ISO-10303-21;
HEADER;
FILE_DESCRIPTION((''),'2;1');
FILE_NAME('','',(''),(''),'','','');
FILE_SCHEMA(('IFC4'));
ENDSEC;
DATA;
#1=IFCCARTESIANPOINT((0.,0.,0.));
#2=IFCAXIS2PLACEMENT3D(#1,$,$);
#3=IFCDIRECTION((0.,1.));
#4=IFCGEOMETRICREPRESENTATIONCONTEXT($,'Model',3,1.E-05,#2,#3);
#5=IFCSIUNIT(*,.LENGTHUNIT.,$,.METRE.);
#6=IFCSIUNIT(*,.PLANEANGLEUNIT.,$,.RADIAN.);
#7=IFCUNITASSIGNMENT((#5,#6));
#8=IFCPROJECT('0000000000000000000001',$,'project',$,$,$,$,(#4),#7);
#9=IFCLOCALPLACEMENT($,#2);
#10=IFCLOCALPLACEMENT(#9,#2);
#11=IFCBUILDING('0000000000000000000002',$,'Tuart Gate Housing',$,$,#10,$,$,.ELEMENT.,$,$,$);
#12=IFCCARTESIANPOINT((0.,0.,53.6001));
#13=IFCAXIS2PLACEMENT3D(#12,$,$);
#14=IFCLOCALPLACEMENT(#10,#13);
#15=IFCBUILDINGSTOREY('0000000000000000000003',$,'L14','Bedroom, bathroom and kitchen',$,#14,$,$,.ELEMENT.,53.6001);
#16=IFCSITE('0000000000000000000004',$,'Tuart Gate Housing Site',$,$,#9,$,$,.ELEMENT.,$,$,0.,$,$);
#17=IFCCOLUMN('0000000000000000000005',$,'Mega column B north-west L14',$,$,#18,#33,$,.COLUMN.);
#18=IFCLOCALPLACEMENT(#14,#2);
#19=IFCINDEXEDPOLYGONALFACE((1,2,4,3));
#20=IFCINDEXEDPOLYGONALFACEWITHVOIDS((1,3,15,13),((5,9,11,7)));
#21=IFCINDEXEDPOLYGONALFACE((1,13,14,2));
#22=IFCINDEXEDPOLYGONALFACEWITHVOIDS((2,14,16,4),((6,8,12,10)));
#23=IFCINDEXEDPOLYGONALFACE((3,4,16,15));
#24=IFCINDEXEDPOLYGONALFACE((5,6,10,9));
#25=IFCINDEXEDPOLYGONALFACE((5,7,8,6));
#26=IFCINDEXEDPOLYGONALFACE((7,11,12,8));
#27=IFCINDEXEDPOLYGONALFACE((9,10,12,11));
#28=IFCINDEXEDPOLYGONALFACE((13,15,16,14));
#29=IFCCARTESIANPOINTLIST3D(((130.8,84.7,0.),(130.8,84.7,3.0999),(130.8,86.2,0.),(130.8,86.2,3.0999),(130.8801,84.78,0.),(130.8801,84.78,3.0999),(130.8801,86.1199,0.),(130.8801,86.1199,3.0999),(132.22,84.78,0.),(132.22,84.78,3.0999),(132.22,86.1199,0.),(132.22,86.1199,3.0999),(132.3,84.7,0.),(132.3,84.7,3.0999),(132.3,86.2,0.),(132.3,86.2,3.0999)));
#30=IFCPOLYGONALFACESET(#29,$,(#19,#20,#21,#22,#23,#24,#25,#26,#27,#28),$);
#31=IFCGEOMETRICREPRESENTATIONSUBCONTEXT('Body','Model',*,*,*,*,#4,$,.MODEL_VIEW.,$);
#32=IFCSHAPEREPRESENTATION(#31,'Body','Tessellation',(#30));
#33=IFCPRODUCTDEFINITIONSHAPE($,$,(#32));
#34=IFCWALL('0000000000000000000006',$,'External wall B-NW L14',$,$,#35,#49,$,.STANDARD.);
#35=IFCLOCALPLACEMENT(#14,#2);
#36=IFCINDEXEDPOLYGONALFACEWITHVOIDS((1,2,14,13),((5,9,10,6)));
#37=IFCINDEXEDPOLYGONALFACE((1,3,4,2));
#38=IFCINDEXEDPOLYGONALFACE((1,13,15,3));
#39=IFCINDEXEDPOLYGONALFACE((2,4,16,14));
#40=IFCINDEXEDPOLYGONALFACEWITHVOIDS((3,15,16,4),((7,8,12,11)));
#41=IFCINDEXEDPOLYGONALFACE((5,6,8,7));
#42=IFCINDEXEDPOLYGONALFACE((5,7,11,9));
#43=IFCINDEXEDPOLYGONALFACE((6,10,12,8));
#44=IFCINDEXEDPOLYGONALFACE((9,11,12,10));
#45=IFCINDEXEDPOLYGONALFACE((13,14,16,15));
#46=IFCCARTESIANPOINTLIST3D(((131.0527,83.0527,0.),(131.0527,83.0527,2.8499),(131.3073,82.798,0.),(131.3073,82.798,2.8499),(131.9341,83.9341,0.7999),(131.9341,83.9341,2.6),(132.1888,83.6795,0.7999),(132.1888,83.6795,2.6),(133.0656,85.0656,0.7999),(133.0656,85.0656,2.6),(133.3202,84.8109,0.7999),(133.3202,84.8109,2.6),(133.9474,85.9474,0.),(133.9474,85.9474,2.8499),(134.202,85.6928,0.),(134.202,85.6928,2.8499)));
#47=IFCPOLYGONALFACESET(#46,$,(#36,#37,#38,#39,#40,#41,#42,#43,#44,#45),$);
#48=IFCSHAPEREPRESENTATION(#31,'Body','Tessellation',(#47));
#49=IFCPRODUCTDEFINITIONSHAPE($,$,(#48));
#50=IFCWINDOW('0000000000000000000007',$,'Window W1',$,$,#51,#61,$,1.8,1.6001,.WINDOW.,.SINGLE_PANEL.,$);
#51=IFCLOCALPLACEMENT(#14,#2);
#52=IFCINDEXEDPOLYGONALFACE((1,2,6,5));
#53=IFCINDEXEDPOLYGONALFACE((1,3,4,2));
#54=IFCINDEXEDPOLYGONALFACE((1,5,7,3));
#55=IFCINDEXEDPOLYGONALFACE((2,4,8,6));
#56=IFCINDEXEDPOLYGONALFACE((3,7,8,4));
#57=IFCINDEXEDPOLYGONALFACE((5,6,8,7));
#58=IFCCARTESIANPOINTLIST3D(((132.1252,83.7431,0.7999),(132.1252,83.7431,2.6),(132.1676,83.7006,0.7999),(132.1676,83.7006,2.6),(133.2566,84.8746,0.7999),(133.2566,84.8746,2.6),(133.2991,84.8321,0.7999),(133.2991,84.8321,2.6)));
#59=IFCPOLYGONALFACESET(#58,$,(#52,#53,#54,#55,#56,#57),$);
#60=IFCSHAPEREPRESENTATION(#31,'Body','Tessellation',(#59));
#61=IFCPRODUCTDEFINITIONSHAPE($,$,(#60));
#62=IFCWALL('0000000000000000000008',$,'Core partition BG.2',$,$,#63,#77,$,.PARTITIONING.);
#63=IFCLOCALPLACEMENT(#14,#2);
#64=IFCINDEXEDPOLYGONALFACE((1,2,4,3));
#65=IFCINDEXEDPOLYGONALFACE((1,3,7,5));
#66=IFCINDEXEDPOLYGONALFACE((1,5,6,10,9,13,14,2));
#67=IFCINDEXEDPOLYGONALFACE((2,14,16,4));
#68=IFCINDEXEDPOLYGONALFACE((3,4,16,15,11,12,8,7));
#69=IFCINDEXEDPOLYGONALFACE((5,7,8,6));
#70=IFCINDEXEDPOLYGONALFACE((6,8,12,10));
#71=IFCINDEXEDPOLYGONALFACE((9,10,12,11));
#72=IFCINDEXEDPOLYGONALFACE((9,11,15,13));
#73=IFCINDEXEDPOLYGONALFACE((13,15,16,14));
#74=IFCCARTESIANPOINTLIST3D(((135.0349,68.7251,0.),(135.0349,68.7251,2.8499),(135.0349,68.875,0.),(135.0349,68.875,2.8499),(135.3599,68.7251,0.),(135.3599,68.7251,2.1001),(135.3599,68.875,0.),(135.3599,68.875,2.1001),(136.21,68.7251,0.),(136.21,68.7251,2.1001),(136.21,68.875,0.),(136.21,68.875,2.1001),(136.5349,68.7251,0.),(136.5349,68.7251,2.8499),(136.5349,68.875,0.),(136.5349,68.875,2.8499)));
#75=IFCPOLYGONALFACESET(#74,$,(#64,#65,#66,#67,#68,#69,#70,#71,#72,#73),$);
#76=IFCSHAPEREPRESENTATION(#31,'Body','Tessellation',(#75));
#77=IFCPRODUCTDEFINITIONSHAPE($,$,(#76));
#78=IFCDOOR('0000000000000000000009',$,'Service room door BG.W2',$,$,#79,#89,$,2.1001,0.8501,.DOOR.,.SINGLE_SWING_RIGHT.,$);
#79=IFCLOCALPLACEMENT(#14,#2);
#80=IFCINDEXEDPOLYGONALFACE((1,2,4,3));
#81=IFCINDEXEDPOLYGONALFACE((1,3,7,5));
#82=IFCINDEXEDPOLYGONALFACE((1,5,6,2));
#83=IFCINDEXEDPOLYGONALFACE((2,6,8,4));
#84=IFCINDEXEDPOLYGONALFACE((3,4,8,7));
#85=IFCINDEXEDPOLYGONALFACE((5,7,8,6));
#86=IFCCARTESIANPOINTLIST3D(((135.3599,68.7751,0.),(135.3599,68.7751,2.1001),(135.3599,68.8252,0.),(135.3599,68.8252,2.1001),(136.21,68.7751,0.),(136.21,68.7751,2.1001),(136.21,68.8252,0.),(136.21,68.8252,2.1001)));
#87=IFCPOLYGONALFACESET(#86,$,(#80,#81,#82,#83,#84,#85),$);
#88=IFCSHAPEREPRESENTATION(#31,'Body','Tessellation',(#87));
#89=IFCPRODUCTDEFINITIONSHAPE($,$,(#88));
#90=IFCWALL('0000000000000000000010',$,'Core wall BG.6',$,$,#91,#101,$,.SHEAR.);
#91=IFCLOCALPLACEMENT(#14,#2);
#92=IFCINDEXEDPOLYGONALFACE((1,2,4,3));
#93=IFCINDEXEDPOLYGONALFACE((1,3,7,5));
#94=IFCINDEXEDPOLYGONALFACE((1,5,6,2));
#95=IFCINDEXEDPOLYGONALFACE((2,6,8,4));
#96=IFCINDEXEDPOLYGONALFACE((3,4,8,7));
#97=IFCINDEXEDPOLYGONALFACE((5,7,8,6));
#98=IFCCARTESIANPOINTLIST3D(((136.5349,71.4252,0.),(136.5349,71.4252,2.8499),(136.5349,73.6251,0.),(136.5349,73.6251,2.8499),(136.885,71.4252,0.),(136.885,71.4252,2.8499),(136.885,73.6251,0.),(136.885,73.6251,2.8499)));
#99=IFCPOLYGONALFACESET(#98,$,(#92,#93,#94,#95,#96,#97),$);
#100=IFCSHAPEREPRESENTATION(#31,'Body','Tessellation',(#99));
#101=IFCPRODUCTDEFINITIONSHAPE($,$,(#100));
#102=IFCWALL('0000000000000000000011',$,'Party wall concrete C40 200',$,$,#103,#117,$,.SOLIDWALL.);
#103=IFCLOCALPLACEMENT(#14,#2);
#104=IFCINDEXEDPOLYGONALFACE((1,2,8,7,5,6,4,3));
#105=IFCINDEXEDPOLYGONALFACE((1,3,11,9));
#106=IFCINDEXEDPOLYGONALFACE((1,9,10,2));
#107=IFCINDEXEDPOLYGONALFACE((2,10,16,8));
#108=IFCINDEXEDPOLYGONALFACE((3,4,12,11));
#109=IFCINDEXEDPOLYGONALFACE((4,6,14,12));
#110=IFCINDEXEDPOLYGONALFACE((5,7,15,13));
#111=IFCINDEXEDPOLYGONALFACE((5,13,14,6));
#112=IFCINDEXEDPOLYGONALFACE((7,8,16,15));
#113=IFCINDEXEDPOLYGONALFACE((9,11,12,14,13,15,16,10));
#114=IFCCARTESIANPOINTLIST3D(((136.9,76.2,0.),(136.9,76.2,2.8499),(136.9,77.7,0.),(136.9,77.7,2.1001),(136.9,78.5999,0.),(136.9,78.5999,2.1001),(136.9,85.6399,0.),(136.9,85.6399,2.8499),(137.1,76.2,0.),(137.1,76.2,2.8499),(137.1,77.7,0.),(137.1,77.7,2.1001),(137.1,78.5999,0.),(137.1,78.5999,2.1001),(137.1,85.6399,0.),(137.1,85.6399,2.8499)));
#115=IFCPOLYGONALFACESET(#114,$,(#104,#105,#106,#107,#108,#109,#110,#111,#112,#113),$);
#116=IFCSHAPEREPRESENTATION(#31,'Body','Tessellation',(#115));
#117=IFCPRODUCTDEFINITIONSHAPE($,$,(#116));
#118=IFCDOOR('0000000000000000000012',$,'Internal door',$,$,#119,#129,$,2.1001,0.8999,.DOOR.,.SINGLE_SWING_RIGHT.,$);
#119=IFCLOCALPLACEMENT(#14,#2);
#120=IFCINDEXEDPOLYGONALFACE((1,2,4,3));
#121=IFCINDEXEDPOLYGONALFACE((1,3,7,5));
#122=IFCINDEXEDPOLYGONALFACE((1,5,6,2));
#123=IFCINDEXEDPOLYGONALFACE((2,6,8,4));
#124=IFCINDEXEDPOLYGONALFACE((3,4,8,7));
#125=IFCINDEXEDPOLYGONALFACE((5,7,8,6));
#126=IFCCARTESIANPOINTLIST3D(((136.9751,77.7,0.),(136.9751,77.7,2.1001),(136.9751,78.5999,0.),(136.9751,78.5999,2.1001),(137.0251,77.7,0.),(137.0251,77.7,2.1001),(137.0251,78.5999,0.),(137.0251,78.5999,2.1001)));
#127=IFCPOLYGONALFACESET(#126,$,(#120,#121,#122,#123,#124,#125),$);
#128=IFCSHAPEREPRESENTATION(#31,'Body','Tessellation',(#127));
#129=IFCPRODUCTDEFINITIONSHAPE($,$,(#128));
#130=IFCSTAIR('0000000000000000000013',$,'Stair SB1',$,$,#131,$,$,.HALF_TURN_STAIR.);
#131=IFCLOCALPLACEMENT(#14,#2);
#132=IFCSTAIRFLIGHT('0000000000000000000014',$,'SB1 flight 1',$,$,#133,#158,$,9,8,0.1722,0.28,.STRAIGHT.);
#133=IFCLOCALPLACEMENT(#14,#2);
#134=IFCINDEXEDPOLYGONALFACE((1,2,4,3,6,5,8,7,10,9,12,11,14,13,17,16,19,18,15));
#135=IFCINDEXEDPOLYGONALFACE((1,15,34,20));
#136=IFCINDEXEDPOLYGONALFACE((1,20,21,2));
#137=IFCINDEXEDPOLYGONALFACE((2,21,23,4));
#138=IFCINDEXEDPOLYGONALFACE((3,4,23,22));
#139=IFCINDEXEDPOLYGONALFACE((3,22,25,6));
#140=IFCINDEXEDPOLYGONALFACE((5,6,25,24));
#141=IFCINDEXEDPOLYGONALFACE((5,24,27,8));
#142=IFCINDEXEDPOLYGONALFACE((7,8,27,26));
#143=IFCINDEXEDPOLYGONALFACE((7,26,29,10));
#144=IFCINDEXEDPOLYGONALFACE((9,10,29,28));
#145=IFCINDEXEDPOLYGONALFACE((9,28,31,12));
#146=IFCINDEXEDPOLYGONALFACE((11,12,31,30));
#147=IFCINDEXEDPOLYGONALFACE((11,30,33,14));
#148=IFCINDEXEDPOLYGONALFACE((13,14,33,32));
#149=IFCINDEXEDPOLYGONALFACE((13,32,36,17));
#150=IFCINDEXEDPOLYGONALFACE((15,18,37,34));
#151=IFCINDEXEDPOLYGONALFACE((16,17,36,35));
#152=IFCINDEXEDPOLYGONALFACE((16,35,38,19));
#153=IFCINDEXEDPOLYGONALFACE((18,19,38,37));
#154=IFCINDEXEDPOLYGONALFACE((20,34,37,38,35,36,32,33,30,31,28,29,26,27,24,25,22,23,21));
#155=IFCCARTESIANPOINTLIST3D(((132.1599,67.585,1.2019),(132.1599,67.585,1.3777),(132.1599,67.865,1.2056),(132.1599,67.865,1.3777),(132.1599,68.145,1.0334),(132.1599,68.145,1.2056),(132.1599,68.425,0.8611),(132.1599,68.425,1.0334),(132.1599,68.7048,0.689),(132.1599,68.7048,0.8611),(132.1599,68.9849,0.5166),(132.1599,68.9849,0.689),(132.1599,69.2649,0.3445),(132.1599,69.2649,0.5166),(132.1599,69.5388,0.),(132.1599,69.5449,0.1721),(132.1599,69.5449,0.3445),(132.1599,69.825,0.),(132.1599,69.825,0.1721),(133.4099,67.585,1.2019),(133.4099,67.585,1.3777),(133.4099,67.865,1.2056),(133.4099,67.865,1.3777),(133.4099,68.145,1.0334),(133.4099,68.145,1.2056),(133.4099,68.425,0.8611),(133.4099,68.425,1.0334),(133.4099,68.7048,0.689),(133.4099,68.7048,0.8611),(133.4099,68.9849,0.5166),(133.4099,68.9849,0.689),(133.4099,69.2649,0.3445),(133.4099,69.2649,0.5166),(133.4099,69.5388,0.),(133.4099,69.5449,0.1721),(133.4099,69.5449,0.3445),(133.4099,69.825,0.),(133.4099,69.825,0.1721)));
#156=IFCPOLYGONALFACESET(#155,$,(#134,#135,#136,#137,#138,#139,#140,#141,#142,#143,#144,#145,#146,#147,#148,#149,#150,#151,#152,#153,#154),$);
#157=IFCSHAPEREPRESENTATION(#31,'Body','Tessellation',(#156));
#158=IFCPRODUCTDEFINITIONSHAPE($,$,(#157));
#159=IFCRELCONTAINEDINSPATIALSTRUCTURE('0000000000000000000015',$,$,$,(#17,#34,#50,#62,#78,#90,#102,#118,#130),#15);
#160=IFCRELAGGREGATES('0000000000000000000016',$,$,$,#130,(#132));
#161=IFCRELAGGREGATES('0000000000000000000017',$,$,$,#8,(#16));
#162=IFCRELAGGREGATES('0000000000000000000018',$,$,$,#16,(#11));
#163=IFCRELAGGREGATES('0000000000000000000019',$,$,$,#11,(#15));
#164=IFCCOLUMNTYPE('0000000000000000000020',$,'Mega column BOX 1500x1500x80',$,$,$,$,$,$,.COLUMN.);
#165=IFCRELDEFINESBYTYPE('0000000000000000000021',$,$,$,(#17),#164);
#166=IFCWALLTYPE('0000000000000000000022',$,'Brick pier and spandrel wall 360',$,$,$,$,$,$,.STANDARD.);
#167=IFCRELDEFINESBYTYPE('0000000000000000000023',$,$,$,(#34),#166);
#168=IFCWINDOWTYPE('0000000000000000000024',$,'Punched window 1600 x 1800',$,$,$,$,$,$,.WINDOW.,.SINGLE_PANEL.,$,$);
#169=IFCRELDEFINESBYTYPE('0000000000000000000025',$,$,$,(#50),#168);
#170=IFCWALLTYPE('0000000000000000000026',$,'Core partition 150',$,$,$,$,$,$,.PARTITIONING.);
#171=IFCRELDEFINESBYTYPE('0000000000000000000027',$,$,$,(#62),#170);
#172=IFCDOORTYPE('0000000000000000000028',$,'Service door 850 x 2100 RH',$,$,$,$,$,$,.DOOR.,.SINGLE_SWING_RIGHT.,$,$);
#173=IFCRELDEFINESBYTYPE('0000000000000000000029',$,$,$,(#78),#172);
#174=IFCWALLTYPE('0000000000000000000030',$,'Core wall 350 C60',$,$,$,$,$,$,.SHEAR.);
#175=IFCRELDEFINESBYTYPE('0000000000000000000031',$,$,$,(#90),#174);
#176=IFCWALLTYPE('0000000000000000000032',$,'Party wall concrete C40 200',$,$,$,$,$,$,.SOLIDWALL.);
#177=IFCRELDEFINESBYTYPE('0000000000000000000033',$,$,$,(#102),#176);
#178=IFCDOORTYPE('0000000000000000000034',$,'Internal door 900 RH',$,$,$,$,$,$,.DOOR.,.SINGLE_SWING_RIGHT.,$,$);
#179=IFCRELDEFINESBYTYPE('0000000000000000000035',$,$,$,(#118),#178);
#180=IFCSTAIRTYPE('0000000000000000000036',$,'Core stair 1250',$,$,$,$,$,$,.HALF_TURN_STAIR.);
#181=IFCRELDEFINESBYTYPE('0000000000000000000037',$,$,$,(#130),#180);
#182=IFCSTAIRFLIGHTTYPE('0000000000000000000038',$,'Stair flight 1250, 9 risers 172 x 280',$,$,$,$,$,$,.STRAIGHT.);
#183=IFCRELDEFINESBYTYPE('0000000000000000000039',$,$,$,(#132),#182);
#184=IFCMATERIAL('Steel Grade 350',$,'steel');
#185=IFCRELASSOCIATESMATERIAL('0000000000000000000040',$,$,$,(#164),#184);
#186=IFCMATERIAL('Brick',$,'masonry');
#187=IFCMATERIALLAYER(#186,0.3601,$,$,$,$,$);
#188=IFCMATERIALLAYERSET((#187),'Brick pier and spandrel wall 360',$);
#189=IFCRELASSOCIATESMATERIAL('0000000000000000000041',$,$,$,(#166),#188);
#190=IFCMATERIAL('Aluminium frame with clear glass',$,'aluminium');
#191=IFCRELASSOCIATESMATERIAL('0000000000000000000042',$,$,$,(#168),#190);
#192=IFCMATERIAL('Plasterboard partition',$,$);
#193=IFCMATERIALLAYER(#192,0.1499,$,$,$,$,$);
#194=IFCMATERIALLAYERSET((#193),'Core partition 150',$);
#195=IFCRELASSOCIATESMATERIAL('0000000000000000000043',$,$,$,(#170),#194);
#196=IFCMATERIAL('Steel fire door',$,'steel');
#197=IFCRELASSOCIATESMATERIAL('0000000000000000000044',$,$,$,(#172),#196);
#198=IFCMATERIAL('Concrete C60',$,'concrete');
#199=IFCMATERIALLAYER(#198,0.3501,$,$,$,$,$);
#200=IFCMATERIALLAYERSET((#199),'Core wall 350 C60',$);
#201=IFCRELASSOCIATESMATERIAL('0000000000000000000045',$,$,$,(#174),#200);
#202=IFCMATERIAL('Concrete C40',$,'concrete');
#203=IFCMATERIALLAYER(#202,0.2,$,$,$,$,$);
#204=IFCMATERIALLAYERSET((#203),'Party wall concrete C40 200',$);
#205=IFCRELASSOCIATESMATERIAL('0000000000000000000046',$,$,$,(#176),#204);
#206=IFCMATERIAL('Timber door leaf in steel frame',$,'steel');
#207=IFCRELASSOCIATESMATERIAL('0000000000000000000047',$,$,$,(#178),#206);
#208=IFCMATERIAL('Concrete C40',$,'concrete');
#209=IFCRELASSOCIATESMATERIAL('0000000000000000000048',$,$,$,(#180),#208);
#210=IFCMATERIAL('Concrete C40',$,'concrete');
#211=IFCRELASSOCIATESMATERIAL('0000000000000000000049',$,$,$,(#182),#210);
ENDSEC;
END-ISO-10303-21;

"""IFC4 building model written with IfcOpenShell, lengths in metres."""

from ifc_helpers import new_model, si_unit, direction, frame, frame_2d, origin, origin_2d, place, context, subcontext, project, spatial, polyline, rectangle, hollow_rectangle, outline, extrude, material, layer, layer_set, material_profile, profile_set, type_object, element, fill, aggregate, save


model = new_model("IFC4")

# Units and contexts
model_context = context("Model", 3, precision=1e-05, world=origin(), true_north=direction((0.0, 1.0)))
body_context = subcontext(model_context, "Body", "Model", "MODEL_VIEW")
ifc_project = project(units=[si_unit("LENGTHUNIT", "METRE"), si_unit("PLANEANGLEUNIT", "RADIAN")], contexts=[model_context])

# Site, building, storey
site_placement = place(None, origin())
site = spatial("IfcSite", under=ifc_project, at=site_placement, Name="Tuart Gate Housing Site", CompositionType="ELEMENT", RefElevation=0.0)
building_placement = place(site_placement, origin())
building = spatial("IfcBuilding", under=site, at=building_placement, Name="Tuart Gate Housing", CompositionType="ELEMENT")
storey_placement = place(building_placement, frame((0.0, 0.0, 53.6001)))
storey = spatial("IfcBuildingStorey", under=building, at=storey_placement, Name="L14", Description="Bedroom, bathroom and kitchen", CompositionType="ELEMENT", Elevation=53.6001)

# Column
ifc_material_1 = material(Name="Steel Grade 350", Category="steel")
ifc_material_profile = material_profile(ifc_material_1, hollow_rectangle(XDim=1.5, YDim=1.5, WallThickness=0.0801, at=origin_2d()), Name="BOX 1500x1500x80")
ifc_profile_set = profile_set([ifc_material_profile], Name="Steel Grade 350")
column_type = type_object("IfcColumnType", Name="Mega column BOX 1500x1500x80", PredefinedType="COLUMN", material=ifc_profile_set)
column_placement = place(storey_placement, frame((131.55, 85.45, 0.0), z_axis=(0.0, 0.0, 1.0), x_axis=(1.0, 0.0, 0.0)))
element("IfcColumn", 1, at=column_placement, inside=storey, type_object=column_type, Name="Mega column B north-west L14", PredefinedType="COLUMN", context=body_context, shape_type="SweptSolid", body=[
    extrude(hollow_rectangle(XDim=1.5, YDim=1.5, WallThickness=0.0801, at=origin_2d()), origin(), (0.0, 0.0, 1.0), 3.0999),
])

# Wall, opening, window
ifc_material_2 = material(Name="Brick", Category="masonry")
ifc_layer_1 = layer(ifc_material_2, 0.3601)
ifc_layer_set_1 = layer_set([ifc_layer_1], Name="Brick pier and spandrel wall 360")
wall_type_1 = type_object("IfcWallType", Name="Brick pier and spandrel wall 360", PredefinedType="STANDARD", material=ifc_layer_set_1)
wall_1_placement = place(storey_placement, frame((134.0747, 85.8201, 0.0), z_axis=(0.0, 0.0, 1.0), x_axis=(-0.707107, -0.707107, 0.0)))
wall_1 = element("IfcWall", 2, at=wall_1_placement, inside=storey, type_object=wall_type_1, Name="External wall B-NW L14", PredefinedType="STANDARD", context=body_context, shape_type="SweptSolid", body=[
    extrude(rectangle(XDim=4.0938, YDim=0.3601, at=frame_2d((2.0469, 0.0))), origin(), (0.0, 0.0, 1.0), 2.8499),
])
opening_1_placement = place(wall_1_placement, frame((1.2471, 0.0, 0.8)))
opening_1 = element("IfcOpeningElement", 3, at=opening_1_placement, cuts=wall_1, PredefinedType="OPENING", context=body_context, shape_type="SweptSolid", body=[
    extrude(rectangle(XDim=1.6001, YDim=1.8, at=frame_2d((0.8, 0.8999))), frame((0.0, 0.1899, 0.0), z_axis=(0.0, -1.0, 0.0), x_axis=(1.0, 0.0, 0.0)), (0.0, 0.0, 1.0), 0.3801),
])
ifc_material_3 = material(Name="Aluminium frame with clear glass", Category="aluminium")
window_type = type_object("IfcWindowType", Name="Punched window 1600 x 1800", PartitioningType="SINGLE_PANEL", PredefinedType="WINDOW", material=ifc_material_3)
window_placement = place(opening_1_placement, origin())
window = element("IfcWindow", 4, at=window_placement, inside=storey, type_object=window_type, Name="Window W1", OverallHeight=1.8, OverallWidth=1.6001, PartitioningType="SINGLE_PANEL", PredefinedType="WINDOW", context=body_context, shape_type="SweptSolid", body=[
    extrude(rectangle(XDim=1.6001, YDim=1.8, at=frame_2d((0.8, 0.8999))), frame((0.0, 0.1501, 0.0), z_axis=(0.0, -1.0, 0.0), x_axis=(1.0, 0.0, 0.0)), (0.0, 0.0, 1.0), 0.0601),
])
fill(opening_1, window)

# Wall, opening, door
ifc_material_4 = material(Name="Plasterboard partition")
ifc_layer_2 = layer(ifc_material_4, 0.1499)
ifc_layer_set_2 = layer_set([ifc_layer_2], Name="Core partition 150")
wall_type_2 = type_object("IfcWallType", Name="Core partition 150", PredefinedType="PARTITIONING", material=ifc_layer_set_2)
wall_2_placement = place(storey_placement, frame((136.5349, 68.8, 0.0), z_axis=(0.0, 0.0, 1.0), x_axis=(-1.0, 0.0, 0.0)))
wall_2 = element("IfcWall", 5, at=wall_2_placement, inside=storey, type_object=wall_type_2, Name="Core partition BG.2", PredefinedType="PARTITIONING", context=body_context, shape_type="SweptSolid", body=[
    extrude(rectangle(XDim=1.5, YDim=0.1499, at=frame_2d((0.75, 0.0))), origin(), (0.0, 0.0, 1.0), 2.8499),
])
opening_2_placement = place(wall_2_placement, frame((0.325, 0.0, 0.0)))
opening_2 = element("IfcOpeningElement", 6, at=opening_2_placement, cuts=wall_2, PredefinedType="OPENING", context=body_context, shape_type="SweptSolid", body=[
    extrude(rectangle(XDim=0.8501, YDim=2.1001, at=frame_2d((0.425, 1.05))), frame((0.0, 0.085, 0.0), z_axis=(0.0, -1.0, 0.0), x_axis=(1.0, 0.0, 0.0)), (0.0, 0.0, 1.0), 0.1699),
])
ifc_material_5 = material(Name="Steel fire door", Category="steel")
door_type_1 = type_object("IfcDoorType", Name="Service door 850 x 2100 RH", OperationType="SINGLE_SWING_RIGHT", PredefinedType="DOOR", material=ifc_material_5)
door_1_placement = place(opening_2_placement, frame((0.8501, 0.0, 0.0), z_axis=(0.0, 0.0, 1.0), x_axis=(-1.0, 0.0, 0.0)))
door_1 = element("IfcDoor", 7, at=door_1_placement, inside=storey, type_object=door_type_1, Name="Service room door BG.W2", OperationType="SINGLE_SWING_RIGHT", OverallHeight=2.1001, OverallWidth=0.8501, PredefinedType="DOOR", context=body_context, shape_type="SweptSolid", body=[
    extrude(rectangle(XDim=0.8501, YDim=2.1001, at=frame_2d((0.425, 1.05))), frame((0.0, 0.0251, 0.0), z_axis=(0.0, -1.0, 0.0), x_axis=(1.0, 0.0, 0.0)), (0.0, 0.0, 1.0), 0.05),
])
fill(opening_2, door_1)

# Wall
ifc_material_6 = material(Name="Concrete C60", Category="concrete")
ifc_layer_3 = layer(ifc_material_6, 0.3501)
ifc_layer_set_3 = layer_set([ifc_layer_3], Name="Core wall 350 C60")
wall_type_3 = type_object("IfcWallType", Name="Core wall 350 C60", PredefinedType="SHEAR", material=ifc_layer_set_3)
wall_3_placement = place(storey_placement, frame((136.71, 71.425, 0.0), z_axis=(0.0, 0.0, 1.0), x_axis=(0.0, 1.0, 0.0)))
element("IfcWall", 8, at=wall_3_placement, inside=storey, type_object=wall_type_3, Name="Core wall BG.6", PredefinedType="SHEAR", context=body_context, shape_type="SweptSolid", body=[
    extrude(rectangle(XDim=2.2, YDim=0.3501, at=frame_2d((1.1001, 0.0))), origin(), (0.0, 0.0, 1.0), 2.8499),
])

# Wall, opening, door
ifc_material_7 = material(Name="Concrete C40", Category="concrete")
ifc_layer_4 = layer(ifc_material_7, 0.2)
ifc_layer_set_4 = layer_set([ifc_layer_4], Name="Party wall concrete C40 200")
wall_type_4 = type_object("IfcWallType", Name="Party wall concrete C40 200", PredefinedType="SOLIDWALL", material=ifc_layer_set_4)
wall_4_placement = place(storey_placement, frame((137.0, 76.2, 0.0), z_axis=(0.0, 0.0, 1.0), x_axis=(0.0, 1.0, 0.0)))
wall_4 = element("IfcWall", 9, at=wall_4_placement, inside=storey, type_object=wall_type_4, Name="Party wall concrete C40 200", PredefinedType="SOLIDWALL", context=body_context, shape_type="SweptSolid", body=[
    extrude(rectangle(XDim=9.4399, YDim=0.2, at=frame_2d((4.72, 0.0))), origin(), (0.0, 0.0, 1.0), 2.8499),
])
opening_3_placement = place(wall_4_placement, frame((1.5, 0.0, 0.0)))
opening_3 = element("IfcOpeningElement", 10, at=opening_3_placement, cuts=wall_4, PredefinedType="OPENING", context=body_context, shape_type="SweptSolid", body=[
    extrude(rectangle(XDim=0.8999, YDim=2.1001, at=frame_2d((0.45, 1.05))), frame((0.0, 0.1099, 0.0), z_axis=(0.0, -1.0, 0.0), x_axis=(1.0, 0.0, 0.0)), (0.0, 0.0, 1.0), 0.22),
])
ifc_material_8 = material(Name="Timber door leaf in steel frame", Category="steel")
door_type_2 = type_object("IfcDoorType", Name="Internal door 900 RH", OperationType="SINGLE_SWING_RIGHT", PredefinedType="DOOR", material=ifc_material_8)
door_2_placement = place(opening_3_placement, frame((0.8999, 0.0, 0.0), z_axis=(0.0, 0.0, 1.0), x_axis=(-1.0, 0.0, 0.0)))
door_2 = element("IfcDoor", 11, at=door_2_placement, inside=storey, type_object=door_type_2, Name="Internal door", OperationType="SINGLE_SWING_RIGHT", OverallHeight=2.1001, OverallWidth=0.8999, PredefinedType="DOOR", context=body_context, shape_type="SweptSolid", body=[
    extrude(rectangle(XDim=0.8999, YDim=2.1001, at=frame_2d((0.45, 1.05))), frame((0.0, 0.0251, 0.0), z_axis=(0.0, -1.0, 0.0), x_axis=(1.0, 0.0, 0.0)), (0.0, 0.0, 1.0), 0.05),
])
fill(opening_3, door_2)

# Stair, stair flight
ifc_material_9 = material(Name="Concrete C40", Category="concrete")
stair_type = type_object("IfcStairType", Name="Core stair 1250", PredefinedType="HALF_TURN_STAIR", material=ifc_material_9)
stair_placement = place(storey_placement, origin())
stair = element("IfcStair", 12, at=stair_placement, inside=storey, type_object=stair_type, Name="Stair SB1", PredefinedType="HALF_TURN_STAIR")
ifc_material_10 = material(Name="Concrete C40", Category="concrete")
stair_flight_type = type_object("IfcStairFlightType", Name="Stair flight 1250, 9 risers 172 x 280", PredefinedType="STRAIGHT", material=ifc_material_10)
stair_flight_placement = place(storey_placement, frame((132.7849, 69.825, 0.0), z_axis=(0.0, 0.0, 1.0), x_axis=(0.0, -1.0, 0.0)))
stair_flight = element("IfcStairFlight", 13, at=stair_flight_placement, type_object=stair_flight_type, Name="SB1 flight 1", NumberOfRisers=9, NumberOfTreads=8, PredefinedType="STRAIGHT", RiserHeight=0.1722, TreadLength=0.28, context=body_context, shape_type="SweptSolid", body=[
    extrude(outline(polyline([(0.0, 0.0), (0.0, 0.1721), (0.28, 0.1721), (0.28, 0.3445), (0.5601, 0.3445), (0.5601, 0.5166), (0.8401, 0.5166), (0.8401, 0.689), (1.1201, 0.689), (1.1201, 0.8611), (1.3999, 0.8611), (1.3999, 1.0334), (1.6799, 1.0334), (1.6799, 1.2056), (1.96, 1.2056), (1.96, 1.3777), (2.24, 1.3777), (2.24, 1.55), (2.24, 1.2019), (0.2861, 0.0), (0.0, 0.0)])), frame((0.0, 0.625, 0.0), z_axis=(0.0, -1.0, 0.0), x_axis=(1.0, 0.0, 0.0)), (0.0, 0.0, 1.0), 1.25),
])
aggregate(stair, [stair_flight])

save(model, "model.ifc")
